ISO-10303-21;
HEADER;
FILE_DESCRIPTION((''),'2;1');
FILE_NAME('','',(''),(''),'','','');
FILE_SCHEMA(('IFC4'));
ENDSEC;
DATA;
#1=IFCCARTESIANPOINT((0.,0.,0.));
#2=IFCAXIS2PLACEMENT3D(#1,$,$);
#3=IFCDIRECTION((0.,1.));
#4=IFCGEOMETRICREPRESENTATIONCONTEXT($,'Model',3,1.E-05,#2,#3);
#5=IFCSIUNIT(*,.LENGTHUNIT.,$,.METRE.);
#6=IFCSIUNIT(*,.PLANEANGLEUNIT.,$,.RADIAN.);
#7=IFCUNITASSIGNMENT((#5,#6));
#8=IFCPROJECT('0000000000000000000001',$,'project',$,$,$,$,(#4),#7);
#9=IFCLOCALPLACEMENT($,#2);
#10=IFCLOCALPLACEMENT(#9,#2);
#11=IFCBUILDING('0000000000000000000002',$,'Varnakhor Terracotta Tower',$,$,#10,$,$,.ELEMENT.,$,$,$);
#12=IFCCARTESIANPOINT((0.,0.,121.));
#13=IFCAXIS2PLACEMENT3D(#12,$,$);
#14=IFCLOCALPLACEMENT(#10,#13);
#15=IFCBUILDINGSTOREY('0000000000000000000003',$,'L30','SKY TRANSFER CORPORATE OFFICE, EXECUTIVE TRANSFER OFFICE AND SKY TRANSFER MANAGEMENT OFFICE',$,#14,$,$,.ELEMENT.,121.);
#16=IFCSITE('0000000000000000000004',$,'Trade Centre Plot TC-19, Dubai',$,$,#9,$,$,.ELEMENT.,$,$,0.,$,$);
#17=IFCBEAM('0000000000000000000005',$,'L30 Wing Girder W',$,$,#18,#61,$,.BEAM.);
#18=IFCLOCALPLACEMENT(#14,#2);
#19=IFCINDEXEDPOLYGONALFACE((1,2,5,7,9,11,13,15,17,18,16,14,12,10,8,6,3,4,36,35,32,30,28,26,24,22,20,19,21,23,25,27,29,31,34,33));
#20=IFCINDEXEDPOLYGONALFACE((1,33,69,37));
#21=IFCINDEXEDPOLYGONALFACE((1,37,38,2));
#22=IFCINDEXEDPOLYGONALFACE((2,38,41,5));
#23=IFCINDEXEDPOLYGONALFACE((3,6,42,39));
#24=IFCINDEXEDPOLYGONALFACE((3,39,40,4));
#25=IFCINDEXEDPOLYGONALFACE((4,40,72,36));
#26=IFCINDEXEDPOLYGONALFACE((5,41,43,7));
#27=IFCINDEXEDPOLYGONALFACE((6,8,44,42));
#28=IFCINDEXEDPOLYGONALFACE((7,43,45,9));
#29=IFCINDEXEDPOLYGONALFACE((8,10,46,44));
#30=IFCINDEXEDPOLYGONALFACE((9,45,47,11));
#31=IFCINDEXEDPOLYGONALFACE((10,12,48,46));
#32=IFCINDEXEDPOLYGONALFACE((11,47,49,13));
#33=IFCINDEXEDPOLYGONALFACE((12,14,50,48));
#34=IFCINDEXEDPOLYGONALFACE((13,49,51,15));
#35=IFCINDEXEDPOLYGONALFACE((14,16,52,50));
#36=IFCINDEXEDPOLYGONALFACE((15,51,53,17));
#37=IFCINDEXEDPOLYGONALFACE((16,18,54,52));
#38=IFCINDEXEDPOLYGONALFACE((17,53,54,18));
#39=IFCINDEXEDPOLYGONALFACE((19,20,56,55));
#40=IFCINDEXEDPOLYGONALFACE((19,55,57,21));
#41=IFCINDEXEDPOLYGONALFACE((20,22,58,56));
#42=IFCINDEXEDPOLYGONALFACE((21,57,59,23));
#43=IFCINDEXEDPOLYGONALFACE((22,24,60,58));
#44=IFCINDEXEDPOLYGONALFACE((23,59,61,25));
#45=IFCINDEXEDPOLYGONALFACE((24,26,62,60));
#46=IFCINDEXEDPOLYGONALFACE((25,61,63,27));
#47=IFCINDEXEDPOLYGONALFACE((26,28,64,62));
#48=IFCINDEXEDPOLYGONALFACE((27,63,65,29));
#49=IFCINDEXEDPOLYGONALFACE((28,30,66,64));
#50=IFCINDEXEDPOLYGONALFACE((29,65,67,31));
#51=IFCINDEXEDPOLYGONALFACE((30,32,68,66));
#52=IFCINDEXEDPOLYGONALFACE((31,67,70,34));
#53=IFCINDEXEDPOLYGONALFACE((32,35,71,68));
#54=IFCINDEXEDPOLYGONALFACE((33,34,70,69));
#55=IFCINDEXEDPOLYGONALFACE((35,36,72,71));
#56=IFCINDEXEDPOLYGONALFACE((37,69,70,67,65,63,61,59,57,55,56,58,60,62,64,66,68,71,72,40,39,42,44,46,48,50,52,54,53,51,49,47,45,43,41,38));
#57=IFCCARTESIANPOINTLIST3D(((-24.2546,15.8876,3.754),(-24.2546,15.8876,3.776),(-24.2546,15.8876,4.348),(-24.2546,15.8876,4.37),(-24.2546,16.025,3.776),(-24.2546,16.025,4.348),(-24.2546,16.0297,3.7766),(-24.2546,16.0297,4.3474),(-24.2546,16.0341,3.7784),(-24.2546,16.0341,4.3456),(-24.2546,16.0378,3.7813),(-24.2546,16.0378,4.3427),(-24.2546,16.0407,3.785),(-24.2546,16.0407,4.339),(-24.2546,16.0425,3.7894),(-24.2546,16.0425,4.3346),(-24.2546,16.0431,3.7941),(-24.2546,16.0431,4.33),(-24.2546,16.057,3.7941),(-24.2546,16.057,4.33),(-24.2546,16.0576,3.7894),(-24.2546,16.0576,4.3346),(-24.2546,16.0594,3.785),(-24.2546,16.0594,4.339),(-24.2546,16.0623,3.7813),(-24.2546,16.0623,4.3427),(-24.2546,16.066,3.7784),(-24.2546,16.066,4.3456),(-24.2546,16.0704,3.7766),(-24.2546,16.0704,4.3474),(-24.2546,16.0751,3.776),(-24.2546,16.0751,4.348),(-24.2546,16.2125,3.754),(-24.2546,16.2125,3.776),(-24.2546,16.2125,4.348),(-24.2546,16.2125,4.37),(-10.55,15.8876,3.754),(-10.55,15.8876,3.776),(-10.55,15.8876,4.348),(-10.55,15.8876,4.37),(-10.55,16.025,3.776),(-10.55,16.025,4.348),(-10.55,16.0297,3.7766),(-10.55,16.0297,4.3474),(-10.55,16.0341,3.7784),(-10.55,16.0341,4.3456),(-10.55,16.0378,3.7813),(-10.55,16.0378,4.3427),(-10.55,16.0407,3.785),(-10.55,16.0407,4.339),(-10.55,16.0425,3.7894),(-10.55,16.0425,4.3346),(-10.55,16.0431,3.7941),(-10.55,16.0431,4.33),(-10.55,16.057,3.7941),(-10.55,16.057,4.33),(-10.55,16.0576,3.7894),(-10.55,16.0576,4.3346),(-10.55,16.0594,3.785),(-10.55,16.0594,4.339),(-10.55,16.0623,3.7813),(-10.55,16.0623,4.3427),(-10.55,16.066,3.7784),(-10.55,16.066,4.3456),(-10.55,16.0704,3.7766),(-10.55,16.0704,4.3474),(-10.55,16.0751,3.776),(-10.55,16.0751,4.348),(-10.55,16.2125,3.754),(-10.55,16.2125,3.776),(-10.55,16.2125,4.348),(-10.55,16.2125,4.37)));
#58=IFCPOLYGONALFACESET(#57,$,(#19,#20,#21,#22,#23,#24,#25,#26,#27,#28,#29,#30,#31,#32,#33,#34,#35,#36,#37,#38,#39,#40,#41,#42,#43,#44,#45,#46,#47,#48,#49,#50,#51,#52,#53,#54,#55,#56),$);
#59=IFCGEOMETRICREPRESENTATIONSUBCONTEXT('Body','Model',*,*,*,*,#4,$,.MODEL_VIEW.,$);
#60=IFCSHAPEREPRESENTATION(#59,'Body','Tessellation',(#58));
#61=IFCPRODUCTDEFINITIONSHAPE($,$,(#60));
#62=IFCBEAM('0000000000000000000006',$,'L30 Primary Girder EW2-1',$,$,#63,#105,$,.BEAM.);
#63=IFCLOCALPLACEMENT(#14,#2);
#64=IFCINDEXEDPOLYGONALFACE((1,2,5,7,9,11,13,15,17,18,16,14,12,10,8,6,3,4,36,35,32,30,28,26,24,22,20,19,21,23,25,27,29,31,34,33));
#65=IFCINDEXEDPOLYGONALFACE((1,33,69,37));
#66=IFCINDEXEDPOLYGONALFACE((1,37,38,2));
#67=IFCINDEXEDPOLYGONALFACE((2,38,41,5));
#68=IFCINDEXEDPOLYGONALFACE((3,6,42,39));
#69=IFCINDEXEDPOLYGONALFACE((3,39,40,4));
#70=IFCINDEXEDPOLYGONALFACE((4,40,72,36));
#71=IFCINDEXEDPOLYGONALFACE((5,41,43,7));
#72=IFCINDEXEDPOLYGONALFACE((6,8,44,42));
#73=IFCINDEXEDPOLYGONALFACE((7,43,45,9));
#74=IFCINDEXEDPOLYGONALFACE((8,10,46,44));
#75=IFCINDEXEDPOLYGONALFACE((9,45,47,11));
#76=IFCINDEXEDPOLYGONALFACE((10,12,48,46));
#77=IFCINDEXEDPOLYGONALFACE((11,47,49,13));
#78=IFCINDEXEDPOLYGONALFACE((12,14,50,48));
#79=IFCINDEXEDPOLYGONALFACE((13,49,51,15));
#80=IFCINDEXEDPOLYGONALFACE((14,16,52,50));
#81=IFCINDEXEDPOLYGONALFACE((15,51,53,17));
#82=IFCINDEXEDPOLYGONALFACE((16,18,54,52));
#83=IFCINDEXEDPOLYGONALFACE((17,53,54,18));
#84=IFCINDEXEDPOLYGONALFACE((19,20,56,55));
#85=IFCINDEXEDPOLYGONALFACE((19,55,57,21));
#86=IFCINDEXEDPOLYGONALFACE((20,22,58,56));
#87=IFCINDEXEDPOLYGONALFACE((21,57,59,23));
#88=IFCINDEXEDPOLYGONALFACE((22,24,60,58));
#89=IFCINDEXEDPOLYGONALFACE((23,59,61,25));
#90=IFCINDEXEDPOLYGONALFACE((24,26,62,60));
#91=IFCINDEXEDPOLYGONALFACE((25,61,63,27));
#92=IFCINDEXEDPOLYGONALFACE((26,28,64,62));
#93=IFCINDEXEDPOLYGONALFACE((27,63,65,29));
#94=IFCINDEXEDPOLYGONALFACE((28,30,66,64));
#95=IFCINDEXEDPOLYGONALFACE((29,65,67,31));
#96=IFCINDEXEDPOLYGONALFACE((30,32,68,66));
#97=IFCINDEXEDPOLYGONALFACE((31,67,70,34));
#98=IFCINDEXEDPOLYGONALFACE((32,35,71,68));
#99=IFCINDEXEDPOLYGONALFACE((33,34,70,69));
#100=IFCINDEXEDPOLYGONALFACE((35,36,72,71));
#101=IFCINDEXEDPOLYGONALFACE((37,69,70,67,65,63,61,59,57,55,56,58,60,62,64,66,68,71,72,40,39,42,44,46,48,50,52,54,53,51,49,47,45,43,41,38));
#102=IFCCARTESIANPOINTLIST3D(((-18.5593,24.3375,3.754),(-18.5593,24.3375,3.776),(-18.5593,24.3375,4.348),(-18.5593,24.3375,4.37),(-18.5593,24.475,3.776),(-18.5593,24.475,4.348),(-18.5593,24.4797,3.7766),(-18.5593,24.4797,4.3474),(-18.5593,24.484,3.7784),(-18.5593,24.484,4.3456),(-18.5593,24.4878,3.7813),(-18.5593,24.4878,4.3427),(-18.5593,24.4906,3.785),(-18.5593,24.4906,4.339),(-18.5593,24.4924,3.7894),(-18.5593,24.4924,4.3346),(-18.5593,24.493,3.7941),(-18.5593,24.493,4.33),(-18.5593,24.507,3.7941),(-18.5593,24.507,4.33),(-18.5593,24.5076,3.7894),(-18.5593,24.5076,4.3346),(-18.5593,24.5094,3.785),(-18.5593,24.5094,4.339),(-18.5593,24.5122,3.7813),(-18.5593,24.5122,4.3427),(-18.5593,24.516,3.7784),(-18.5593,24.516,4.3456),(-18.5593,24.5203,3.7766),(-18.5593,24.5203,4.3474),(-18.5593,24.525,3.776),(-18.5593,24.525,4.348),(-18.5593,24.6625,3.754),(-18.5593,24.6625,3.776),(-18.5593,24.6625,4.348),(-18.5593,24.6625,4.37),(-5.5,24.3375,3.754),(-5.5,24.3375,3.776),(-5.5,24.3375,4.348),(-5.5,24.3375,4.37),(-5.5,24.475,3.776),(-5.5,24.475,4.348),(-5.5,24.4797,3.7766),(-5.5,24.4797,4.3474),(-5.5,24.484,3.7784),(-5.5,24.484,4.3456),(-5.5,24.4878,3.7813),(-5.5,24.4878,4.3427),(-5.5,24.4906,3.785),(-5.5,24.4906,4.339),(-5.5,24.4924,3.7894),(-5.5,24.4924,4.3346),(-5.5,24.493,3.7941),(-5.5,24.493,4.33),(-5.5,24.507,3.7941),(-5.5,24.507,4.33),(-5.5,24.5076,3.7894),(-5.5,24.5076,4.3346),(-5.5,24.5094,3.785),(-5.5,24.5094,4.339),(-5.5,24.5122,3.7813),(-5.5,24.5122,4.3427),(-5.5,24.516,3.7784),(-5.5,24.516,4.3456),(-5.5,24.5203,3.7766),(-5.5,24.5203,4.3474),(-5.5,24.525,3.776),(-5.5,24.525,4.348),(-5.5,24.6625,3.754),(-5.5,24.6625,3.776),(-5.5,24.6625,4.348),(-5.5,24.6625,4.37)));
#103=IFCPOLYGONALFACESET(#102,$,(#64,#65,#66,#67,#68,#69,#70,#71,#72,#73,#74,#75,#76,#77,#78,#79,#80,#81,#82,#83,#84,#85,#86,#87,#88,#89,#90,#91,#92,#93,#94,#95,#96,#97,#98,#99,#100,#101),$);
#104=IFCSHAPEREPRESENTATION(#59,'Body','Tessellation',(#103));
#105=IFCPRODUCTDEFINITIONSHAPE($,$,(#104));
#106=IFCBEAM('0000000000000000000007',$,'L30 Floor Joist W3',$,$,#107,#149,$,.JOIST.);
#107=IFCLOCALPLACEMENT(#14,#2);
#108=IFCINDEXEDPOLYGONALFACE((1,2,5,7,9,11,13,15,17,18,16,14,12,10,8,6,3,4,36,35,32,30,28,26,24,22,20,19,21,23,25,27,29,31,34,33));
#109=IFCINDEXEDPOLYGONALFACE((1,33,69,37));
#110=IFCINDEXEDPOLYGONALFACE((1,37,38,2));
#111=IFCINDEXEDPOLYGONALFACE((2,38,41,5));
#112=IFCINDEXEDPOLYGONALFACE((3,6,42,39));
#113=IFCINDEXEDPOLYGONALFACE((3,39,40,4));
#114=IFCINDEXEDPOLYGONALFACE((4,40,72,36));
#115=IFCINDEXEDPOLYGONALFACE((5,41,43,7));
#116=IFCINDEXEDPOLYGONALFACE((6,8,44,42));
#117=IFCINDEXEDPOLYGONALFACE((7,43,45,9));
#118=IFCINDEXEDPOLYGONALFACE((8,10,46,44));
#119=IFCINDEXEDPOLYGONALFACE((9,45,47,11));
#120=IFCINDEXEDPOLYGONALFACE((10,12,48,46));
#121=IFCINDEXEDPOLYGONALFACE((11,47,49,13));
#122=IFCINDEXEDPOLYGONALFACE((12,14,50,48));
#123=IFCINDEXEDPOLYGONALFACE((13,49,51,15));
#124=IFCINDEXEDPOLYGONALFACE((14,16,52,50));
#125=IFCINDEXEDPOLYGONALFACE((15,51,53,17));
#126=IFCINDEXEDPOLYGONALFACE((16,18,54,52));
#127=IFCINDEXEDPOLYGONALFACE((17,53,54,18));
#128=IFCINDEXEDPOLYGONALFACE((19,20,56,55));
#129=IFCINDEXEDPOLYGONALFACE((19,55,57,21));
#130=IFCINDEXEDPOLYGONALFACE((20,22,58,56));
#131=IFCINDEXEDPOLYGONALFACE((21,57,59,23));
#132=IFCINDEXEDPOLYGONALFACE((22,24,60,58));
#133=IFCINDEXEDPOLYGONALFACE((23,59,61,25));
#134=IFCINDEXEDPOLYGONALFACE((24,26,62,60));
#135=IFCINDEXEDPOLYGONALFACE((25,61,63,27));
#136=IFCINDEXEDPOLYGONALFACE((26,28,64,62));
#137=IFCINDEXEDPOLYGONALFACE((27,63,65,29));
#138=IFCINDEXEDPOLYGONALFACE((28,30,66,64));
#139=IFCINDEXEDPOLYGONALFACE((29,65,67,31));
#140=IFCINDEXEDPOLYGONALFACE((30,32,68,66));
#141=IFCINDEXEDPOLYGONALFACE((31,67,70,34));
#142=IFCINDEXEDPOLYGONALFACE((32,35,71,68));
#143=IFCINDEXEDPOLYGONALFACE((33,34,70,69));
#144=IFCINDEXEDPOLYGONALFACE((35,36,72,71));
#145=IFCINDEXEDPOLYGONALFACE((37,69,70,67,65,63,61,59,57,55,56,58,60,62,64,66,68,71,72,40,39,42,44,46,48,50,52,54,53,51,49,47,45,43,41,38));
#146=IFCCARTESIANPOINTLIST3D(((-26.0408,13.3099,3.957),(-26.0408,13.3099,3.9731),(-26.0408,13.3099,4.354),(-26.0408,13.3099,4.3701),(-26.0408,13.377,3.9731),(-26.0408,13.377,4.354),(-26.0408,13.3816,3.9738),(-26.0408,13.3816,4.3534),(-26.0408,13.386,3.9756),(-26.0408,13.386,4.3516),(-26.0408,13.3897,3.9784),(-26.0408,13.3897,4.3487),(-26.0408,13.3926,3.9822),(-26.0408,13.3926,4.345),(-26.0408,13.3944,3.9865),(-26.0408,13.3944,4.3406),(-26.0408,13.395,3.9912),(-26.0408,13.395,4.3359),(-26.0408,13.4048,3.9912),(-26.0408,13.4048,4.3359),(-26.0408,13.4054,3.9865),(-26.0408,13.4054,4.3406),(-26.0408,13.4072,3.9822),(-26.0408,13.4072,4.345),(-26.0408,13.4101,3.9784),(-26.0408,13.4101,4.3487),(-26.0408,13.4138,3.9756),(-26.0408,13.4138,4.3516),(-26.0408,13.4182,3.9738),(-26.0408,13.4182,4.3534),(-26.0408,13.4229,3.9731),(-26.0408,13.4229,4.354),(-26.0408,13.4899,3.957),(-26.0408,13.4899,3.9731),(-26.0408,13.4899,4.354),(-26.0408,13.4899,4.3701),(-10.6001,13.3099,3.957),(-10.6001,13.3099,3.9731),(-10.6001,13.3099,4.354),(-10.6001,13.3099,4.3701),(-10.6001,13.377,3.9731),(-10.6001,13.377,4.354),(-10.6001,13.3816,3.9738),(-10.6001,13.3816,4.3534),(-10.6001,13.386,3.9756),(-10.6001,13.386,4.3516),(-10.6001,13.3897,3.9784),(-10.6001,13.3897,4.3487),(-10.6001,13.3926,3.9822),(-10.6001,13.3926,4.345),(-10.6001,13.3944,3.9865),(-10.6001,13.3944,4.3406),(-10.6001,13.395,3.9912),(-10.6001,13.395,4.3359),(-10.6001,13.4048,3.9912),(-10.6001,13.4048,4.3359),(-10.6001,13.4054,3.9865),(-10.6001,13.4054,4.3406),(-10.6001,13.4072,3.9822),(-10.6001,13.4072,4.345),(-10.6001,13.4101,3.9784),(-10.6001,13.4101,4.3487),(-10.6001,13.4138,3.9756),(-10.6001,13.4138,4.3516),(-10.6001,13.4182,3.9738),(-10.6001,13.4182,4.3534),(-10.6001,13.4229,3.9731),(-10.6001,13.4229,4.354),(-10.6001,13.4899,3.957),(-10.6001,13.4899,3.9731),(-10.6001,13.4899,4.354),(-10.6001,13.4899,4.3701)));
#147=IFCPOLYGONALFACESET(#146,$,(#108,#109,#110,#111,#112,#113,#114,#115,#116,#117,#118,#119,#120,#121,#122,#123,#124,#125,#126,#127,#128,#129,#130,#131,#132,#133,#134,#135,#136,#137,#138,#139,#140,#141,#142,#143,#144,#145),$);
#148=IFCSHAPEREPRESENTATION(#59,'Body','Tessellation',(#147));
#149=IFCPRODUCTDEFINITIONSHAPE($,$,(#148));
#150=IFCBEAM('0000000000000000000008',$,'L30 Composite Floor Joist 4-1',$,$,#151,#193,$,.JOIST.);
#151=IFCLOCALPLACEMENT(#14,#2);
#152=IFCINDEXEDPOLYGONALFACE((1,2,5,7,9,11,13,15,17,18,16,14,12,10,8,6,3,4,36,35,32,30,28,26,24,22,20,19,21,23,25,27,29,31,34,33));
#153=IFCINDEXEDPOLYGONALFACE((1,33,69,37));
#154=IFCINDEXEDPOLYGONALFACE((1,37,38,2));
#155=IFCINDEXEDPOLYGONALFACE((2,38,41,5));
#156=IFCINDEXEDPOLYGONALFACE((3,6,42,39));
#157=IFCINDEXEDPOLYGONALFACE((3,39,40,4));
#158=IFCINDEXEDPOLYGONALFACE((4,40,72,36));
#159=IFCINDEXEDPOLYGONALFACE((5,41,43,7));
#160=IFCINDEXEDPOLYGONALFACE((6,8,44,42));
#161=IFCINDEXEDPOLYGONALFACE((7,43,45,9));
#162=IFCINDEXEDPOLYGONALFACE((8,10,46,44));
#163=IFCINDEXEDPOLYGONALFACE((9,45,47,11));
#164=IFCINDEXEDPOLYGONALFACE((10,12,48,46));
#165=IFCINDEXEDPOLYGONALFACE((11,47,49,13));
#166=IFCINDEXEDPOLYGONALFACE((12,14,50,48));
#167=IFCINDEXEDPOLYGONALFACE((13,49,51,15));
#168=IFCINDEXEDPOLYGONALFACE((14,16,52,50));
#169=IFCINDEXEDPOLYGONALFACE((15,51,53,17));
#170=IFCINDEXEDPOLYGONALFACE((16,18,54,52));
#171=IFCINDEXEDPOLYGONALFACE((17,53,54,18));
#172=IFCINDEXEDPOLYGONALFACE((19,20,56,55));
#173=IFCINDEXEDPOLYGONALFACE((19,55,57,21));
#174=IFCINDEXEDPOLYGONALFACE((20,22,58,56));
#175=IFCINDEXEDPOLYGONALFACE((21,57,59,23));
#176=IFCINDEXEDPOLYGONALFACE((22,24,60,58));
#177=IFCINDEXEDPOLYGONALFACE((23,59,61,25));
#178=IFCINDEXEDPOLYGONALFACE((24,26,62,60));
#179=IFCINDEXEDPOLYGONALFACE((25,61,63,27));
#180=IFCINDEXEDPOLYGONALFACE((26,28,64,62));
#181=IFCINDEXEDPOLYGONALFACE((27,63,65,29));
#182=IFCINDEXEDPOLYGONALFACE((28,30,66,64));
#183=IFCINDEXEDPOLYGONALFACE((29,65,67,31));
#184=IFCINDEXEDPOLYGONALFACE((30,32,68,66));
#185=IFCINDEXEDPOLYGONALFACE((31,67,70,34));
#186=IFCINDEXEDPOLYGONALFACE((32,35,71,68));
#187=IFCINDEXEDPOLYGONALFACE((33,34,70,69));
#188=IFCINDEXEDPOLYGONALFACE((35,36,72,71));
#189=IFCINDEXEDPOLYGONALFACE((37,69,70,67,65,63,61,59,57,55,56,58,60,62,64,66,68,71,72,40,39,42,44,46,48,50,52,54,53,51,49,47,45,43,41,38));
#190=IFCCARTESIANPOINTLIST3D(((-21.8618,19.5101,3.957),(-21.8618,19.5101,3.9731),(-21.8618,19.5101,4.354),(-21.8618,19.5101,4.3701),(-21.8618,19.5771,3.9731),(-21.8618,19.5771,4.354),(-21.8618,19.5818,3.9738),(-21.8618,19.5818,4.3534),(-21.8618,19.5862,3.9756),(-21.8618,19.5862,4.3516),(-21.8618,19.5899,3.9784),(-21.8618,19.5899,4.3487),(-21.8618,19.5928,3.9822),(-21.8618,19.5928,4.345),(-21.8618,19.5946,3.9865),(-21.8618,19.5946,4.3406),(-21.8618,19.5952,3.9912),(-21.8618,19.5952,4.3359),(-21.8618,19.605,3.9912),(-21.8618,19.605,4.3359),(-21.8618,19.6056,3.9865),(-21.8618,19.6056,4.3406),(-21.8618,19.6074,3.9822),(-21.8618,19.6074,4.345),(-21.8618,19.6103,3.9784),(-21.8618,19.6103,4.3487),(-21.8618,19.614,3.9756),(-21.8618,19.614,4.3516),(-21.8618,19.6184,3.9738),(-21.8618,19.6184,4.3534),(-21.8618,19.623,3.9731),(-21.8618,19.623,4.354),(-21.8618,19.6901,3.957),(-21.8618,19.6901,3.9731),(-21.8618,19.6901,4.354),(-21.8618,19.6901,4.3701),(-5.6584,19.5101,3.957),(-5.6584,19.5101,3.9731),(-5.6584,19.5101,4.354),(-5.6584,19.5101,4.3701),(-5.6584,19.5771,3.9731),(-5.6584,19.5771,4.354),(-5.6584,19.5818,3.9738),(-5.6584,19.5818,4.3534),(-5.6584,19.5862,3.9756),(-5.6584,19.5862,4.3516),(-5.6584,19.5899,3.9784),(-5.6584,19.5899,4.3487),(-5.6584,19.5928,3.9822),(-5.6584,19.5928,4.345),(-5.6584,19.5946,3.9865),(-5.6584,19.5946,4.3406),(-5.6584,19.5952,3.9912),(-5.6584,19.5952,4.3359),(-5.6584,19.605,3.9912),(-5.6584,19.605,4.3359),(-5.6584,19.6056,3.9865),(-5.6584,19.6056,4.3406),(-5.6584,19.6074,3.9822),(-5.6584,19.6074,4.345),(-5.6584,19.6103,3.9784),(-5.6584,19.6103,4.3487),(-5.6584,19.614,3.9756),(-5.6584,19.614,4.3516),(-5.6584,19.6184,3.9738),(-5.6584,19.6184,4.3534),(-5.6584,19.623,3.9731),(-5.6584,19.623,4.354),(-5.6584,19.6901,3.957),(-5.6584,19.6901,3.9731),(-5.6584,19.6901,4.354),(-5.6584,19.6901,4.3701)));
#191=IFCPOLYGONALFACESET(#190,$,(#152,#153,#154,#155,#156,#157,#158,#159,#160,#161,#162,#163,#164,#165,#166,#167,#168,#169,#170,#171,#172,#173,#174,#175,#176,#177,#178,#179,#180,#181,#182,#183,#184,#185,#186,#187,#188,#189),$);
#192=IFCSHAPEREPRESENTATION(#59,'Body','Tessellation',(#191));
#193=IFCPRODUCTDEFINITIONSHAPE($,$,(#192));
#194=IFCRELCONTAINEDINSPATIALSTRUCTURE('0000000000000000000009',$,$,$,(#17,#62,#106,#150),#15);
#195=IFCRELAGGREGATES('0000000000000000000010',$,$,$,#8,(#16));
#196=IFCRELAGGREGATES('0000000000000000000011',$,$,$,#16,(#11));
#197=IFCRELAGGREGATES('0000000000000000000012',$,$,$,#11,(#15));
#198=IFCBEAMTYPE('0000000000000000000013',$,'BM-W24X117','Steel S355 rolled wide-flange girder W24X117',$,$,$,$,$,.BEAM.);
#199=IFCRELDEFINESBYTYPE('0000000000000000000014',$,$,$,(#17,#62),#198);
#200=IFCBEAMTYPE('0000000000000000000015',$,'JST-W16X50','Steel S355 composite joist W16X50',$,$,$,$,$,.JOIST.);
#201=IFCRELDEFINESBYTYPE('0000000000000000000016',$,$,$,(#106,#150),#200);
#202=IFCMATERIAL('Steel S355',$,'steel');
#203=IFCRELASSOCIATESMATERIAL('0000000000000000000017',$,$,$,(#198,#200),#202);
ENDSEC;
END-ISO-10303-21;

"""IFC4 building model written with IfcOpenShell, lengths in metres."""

from ifc_helpers import new_model, si_unit, direction, frame, origin, origin_2d, place, context, subcontext, project, spatial, i_section, extrude, source, transform, mapped, material, material_profile, profile_set, type_object, element, save


model = new_model("IFC4")

# Units and contexts
model_context = context("Model", 3, precision=1e-05, world=origin(), true_north=direction((0.0, 1.0)))
body_context = subcontext(model_context, "Body", "Model", "MODEL_VIEW")
ifc_project = project(units=[si_unit("LENGTHUNIT", "METRE"), si_unit("PLANEANGLEUNIT", "RADIAN")], contexts=[model_context])

# Site, building, storey
site_placement = place(None, origin())
site = spatial("IfcSite", under=ifc_project, at=site_placement, Name="Trade Centre Plot TC-19, Dubai", CompositionType="ELEMENT", RefElevation=0.0)
building_placement = place(site_placement, origin())
building = spatial("IfcBuilding", under=site, at=building_placement, Name="Varnakhor Terracotta Tower", CompositionType="ELEMENT")
storey_placement = place(building_placement, frame((0.0, 0.0, 121.0)))
storey = spatial("IfcBuildingStorey", under=building, at=storey_placement, Name="L30", Description="SKY TRANSFER CORPORATE OFFICE, EXECUTIVE TRANSFER OFFICE AND SKY TRANSFER MANAGEMENT OFFICE", CompositionType="ELEMENT", Elevation=121.0)

# Beams
ifc_material_1 = material(Name="Steel S355", Category="steel")
ifc_material_profile_1 = material_profile(ifc_material_1, i_section(OverallWidth=0.325, OverallDepth=0.616, WebThickness=0.0139, FlangeThickness=0.022, FilletRadius=0.0181, at=origin_2d()), Name="W24X117")
ifc_profile_set_1 = profile_set([ifc_material_profile_1], Name="Steel S355")
beam_type_1 = type_object("IfcBeamType", Name="BM-W24X117", Description="Steel S355 rolled wide-flange girder W24X117", PredefinedType="BEAM", material=ifc_profile_set_1)
shared_shape_1 = source(origin(), body_context, "Body", "SweptSolid", [
    extrude(i_section(OverallWidth=0.325, OverallDepth=0.616, WebThickness=0.0139, FlangeThickness=0.022, FilletRadius=0.0181, at=origin_2d()), origin(), (0.0, 0.0, 1.0), 13.7046),
])
beam_1_placement = place(storey_placement, frame((-24.2546, 16.05, 4.062), z_axis=(1.0, 0.0, 0.0), x_axis=(0.0, 1.0, 0.0)))
element("IfcBeam", 1, at=beam_1_placement, inside=storey, type_object=beam_type_1, Name="L30 Wing Girder W", PredefinedType="BEAM", context=body_context, shape_type="MappedRepresentation", body=[
    mapped(shared_shape_1, transform((0.0, 0.0, 0.0), scale=1.0)),
])
shared_shape_2 = source(origin(), body_context, "Body", "SweptSolid", [
    extrude(i_section(OverallWidth=0.325, OverallDepth=0.616, WebThickness=0.0139, FlangeThickness=0.022, FilletRadius=0.0181, at=origin_2d()), origin(), (0.0, 0.0, 1.0), 13.0593),
])
beam_2_placement = place(storey_placement, frame((-18.5593, 24.5, 4.062), z_axis=(1.0, 0.0, 0.0), x_axis=(0.0, 1.0, 0.0)))
element("IfcBeam", 2, at=beam_2_placement, inside=storey, type_object=beam_type_1, Name="L30 Primary Girder EW2-1", PredefinedType="BEAM", context=body_context, shape_type="MappedRepresentation", body=[
    mapped(shared_shape_2, transform((0.0, 0.0, 0.0), scale=1.0)),
])
ifc_material_profile_2 = material_profile(ifc_material_1, i_section(OverallWidth=0.1799, OverallDepth=0.4131, WebThickness=0.0098, FlangeThickness=0.0161, FilletRadius=0.0181, at=origin_2d()), Name="W16X50")
ifc_profile_set_2 = profile_set([ifc_material_profile_2], Name="Steel S355")
beam_type_2 = type_object("IfcBeamType", Name="JST-W16X50", Description="Steel S355 composite joist W16X50", PredefinedType="JOIST", material=ifc_profile_set_2)
shared_shape_3 = source(origin(), body_context, "Body", "SweptSolid", [
    extrude(i_section(OverallWidth=0.1799, OverallDepth=0.4131, WebThickness=0.0098, FlangeThickness=0.0161, FilletRadius=0.0181, at=origin_2d()), origin(), (0.0, 0.0, 1.0), 15.4407),
])
beam_3_placement = place(storey_placement, frame((-26.0408, 13.3999, 4.1636), z_axis=(1.0, 0.0, 0.0), x_axis=(0.0, 1.0, 0.0)))
element("IfcBeam", 3, at=beam_3_placement, inside=storey, type_object=beam_type_2, Name="L30 Floor Joist W3", PredefinedType="JOIST", context=body_context, shape_type="MappedRepresentation", body=[
    mapped(shared_shape_3, transform((0.0, 0.0, 0.0), scale=1.0)),
])
shared_shape_4 = source(origin(), body_context, "Body", "SweptSolid", [
    extrude(i_section(OverallWidth=0.1799, OverallDepth=0.4131, WebThickness=0.0098, FlangeThickness=0.0161, FilletRadius=0.0181, at=origin_2d()), origin(), (0.0, 0.0, 1.0), 16.2034),
])
beam_4_placement = place(storey_placement, frame((-21.8618, 19.6001, 4.1636), z_axis=(1.0, 0.0, 0.0), x_axis=(0.0, 1.0, 0.0)))
element("IfcBeam", 4, at=beam_4_placement, inside=storey, type_object=beam_type_2, Name="L30 Composite Floor Joist 4-1", PredefinedType="JOIST", context=body_context, shape_type="MappedRepresentation", body=[
    mapped(shared_shape_4, transform((0.0, 0.0, 0.0), scale=1.0)),
])

save(model, "model.ifc")
